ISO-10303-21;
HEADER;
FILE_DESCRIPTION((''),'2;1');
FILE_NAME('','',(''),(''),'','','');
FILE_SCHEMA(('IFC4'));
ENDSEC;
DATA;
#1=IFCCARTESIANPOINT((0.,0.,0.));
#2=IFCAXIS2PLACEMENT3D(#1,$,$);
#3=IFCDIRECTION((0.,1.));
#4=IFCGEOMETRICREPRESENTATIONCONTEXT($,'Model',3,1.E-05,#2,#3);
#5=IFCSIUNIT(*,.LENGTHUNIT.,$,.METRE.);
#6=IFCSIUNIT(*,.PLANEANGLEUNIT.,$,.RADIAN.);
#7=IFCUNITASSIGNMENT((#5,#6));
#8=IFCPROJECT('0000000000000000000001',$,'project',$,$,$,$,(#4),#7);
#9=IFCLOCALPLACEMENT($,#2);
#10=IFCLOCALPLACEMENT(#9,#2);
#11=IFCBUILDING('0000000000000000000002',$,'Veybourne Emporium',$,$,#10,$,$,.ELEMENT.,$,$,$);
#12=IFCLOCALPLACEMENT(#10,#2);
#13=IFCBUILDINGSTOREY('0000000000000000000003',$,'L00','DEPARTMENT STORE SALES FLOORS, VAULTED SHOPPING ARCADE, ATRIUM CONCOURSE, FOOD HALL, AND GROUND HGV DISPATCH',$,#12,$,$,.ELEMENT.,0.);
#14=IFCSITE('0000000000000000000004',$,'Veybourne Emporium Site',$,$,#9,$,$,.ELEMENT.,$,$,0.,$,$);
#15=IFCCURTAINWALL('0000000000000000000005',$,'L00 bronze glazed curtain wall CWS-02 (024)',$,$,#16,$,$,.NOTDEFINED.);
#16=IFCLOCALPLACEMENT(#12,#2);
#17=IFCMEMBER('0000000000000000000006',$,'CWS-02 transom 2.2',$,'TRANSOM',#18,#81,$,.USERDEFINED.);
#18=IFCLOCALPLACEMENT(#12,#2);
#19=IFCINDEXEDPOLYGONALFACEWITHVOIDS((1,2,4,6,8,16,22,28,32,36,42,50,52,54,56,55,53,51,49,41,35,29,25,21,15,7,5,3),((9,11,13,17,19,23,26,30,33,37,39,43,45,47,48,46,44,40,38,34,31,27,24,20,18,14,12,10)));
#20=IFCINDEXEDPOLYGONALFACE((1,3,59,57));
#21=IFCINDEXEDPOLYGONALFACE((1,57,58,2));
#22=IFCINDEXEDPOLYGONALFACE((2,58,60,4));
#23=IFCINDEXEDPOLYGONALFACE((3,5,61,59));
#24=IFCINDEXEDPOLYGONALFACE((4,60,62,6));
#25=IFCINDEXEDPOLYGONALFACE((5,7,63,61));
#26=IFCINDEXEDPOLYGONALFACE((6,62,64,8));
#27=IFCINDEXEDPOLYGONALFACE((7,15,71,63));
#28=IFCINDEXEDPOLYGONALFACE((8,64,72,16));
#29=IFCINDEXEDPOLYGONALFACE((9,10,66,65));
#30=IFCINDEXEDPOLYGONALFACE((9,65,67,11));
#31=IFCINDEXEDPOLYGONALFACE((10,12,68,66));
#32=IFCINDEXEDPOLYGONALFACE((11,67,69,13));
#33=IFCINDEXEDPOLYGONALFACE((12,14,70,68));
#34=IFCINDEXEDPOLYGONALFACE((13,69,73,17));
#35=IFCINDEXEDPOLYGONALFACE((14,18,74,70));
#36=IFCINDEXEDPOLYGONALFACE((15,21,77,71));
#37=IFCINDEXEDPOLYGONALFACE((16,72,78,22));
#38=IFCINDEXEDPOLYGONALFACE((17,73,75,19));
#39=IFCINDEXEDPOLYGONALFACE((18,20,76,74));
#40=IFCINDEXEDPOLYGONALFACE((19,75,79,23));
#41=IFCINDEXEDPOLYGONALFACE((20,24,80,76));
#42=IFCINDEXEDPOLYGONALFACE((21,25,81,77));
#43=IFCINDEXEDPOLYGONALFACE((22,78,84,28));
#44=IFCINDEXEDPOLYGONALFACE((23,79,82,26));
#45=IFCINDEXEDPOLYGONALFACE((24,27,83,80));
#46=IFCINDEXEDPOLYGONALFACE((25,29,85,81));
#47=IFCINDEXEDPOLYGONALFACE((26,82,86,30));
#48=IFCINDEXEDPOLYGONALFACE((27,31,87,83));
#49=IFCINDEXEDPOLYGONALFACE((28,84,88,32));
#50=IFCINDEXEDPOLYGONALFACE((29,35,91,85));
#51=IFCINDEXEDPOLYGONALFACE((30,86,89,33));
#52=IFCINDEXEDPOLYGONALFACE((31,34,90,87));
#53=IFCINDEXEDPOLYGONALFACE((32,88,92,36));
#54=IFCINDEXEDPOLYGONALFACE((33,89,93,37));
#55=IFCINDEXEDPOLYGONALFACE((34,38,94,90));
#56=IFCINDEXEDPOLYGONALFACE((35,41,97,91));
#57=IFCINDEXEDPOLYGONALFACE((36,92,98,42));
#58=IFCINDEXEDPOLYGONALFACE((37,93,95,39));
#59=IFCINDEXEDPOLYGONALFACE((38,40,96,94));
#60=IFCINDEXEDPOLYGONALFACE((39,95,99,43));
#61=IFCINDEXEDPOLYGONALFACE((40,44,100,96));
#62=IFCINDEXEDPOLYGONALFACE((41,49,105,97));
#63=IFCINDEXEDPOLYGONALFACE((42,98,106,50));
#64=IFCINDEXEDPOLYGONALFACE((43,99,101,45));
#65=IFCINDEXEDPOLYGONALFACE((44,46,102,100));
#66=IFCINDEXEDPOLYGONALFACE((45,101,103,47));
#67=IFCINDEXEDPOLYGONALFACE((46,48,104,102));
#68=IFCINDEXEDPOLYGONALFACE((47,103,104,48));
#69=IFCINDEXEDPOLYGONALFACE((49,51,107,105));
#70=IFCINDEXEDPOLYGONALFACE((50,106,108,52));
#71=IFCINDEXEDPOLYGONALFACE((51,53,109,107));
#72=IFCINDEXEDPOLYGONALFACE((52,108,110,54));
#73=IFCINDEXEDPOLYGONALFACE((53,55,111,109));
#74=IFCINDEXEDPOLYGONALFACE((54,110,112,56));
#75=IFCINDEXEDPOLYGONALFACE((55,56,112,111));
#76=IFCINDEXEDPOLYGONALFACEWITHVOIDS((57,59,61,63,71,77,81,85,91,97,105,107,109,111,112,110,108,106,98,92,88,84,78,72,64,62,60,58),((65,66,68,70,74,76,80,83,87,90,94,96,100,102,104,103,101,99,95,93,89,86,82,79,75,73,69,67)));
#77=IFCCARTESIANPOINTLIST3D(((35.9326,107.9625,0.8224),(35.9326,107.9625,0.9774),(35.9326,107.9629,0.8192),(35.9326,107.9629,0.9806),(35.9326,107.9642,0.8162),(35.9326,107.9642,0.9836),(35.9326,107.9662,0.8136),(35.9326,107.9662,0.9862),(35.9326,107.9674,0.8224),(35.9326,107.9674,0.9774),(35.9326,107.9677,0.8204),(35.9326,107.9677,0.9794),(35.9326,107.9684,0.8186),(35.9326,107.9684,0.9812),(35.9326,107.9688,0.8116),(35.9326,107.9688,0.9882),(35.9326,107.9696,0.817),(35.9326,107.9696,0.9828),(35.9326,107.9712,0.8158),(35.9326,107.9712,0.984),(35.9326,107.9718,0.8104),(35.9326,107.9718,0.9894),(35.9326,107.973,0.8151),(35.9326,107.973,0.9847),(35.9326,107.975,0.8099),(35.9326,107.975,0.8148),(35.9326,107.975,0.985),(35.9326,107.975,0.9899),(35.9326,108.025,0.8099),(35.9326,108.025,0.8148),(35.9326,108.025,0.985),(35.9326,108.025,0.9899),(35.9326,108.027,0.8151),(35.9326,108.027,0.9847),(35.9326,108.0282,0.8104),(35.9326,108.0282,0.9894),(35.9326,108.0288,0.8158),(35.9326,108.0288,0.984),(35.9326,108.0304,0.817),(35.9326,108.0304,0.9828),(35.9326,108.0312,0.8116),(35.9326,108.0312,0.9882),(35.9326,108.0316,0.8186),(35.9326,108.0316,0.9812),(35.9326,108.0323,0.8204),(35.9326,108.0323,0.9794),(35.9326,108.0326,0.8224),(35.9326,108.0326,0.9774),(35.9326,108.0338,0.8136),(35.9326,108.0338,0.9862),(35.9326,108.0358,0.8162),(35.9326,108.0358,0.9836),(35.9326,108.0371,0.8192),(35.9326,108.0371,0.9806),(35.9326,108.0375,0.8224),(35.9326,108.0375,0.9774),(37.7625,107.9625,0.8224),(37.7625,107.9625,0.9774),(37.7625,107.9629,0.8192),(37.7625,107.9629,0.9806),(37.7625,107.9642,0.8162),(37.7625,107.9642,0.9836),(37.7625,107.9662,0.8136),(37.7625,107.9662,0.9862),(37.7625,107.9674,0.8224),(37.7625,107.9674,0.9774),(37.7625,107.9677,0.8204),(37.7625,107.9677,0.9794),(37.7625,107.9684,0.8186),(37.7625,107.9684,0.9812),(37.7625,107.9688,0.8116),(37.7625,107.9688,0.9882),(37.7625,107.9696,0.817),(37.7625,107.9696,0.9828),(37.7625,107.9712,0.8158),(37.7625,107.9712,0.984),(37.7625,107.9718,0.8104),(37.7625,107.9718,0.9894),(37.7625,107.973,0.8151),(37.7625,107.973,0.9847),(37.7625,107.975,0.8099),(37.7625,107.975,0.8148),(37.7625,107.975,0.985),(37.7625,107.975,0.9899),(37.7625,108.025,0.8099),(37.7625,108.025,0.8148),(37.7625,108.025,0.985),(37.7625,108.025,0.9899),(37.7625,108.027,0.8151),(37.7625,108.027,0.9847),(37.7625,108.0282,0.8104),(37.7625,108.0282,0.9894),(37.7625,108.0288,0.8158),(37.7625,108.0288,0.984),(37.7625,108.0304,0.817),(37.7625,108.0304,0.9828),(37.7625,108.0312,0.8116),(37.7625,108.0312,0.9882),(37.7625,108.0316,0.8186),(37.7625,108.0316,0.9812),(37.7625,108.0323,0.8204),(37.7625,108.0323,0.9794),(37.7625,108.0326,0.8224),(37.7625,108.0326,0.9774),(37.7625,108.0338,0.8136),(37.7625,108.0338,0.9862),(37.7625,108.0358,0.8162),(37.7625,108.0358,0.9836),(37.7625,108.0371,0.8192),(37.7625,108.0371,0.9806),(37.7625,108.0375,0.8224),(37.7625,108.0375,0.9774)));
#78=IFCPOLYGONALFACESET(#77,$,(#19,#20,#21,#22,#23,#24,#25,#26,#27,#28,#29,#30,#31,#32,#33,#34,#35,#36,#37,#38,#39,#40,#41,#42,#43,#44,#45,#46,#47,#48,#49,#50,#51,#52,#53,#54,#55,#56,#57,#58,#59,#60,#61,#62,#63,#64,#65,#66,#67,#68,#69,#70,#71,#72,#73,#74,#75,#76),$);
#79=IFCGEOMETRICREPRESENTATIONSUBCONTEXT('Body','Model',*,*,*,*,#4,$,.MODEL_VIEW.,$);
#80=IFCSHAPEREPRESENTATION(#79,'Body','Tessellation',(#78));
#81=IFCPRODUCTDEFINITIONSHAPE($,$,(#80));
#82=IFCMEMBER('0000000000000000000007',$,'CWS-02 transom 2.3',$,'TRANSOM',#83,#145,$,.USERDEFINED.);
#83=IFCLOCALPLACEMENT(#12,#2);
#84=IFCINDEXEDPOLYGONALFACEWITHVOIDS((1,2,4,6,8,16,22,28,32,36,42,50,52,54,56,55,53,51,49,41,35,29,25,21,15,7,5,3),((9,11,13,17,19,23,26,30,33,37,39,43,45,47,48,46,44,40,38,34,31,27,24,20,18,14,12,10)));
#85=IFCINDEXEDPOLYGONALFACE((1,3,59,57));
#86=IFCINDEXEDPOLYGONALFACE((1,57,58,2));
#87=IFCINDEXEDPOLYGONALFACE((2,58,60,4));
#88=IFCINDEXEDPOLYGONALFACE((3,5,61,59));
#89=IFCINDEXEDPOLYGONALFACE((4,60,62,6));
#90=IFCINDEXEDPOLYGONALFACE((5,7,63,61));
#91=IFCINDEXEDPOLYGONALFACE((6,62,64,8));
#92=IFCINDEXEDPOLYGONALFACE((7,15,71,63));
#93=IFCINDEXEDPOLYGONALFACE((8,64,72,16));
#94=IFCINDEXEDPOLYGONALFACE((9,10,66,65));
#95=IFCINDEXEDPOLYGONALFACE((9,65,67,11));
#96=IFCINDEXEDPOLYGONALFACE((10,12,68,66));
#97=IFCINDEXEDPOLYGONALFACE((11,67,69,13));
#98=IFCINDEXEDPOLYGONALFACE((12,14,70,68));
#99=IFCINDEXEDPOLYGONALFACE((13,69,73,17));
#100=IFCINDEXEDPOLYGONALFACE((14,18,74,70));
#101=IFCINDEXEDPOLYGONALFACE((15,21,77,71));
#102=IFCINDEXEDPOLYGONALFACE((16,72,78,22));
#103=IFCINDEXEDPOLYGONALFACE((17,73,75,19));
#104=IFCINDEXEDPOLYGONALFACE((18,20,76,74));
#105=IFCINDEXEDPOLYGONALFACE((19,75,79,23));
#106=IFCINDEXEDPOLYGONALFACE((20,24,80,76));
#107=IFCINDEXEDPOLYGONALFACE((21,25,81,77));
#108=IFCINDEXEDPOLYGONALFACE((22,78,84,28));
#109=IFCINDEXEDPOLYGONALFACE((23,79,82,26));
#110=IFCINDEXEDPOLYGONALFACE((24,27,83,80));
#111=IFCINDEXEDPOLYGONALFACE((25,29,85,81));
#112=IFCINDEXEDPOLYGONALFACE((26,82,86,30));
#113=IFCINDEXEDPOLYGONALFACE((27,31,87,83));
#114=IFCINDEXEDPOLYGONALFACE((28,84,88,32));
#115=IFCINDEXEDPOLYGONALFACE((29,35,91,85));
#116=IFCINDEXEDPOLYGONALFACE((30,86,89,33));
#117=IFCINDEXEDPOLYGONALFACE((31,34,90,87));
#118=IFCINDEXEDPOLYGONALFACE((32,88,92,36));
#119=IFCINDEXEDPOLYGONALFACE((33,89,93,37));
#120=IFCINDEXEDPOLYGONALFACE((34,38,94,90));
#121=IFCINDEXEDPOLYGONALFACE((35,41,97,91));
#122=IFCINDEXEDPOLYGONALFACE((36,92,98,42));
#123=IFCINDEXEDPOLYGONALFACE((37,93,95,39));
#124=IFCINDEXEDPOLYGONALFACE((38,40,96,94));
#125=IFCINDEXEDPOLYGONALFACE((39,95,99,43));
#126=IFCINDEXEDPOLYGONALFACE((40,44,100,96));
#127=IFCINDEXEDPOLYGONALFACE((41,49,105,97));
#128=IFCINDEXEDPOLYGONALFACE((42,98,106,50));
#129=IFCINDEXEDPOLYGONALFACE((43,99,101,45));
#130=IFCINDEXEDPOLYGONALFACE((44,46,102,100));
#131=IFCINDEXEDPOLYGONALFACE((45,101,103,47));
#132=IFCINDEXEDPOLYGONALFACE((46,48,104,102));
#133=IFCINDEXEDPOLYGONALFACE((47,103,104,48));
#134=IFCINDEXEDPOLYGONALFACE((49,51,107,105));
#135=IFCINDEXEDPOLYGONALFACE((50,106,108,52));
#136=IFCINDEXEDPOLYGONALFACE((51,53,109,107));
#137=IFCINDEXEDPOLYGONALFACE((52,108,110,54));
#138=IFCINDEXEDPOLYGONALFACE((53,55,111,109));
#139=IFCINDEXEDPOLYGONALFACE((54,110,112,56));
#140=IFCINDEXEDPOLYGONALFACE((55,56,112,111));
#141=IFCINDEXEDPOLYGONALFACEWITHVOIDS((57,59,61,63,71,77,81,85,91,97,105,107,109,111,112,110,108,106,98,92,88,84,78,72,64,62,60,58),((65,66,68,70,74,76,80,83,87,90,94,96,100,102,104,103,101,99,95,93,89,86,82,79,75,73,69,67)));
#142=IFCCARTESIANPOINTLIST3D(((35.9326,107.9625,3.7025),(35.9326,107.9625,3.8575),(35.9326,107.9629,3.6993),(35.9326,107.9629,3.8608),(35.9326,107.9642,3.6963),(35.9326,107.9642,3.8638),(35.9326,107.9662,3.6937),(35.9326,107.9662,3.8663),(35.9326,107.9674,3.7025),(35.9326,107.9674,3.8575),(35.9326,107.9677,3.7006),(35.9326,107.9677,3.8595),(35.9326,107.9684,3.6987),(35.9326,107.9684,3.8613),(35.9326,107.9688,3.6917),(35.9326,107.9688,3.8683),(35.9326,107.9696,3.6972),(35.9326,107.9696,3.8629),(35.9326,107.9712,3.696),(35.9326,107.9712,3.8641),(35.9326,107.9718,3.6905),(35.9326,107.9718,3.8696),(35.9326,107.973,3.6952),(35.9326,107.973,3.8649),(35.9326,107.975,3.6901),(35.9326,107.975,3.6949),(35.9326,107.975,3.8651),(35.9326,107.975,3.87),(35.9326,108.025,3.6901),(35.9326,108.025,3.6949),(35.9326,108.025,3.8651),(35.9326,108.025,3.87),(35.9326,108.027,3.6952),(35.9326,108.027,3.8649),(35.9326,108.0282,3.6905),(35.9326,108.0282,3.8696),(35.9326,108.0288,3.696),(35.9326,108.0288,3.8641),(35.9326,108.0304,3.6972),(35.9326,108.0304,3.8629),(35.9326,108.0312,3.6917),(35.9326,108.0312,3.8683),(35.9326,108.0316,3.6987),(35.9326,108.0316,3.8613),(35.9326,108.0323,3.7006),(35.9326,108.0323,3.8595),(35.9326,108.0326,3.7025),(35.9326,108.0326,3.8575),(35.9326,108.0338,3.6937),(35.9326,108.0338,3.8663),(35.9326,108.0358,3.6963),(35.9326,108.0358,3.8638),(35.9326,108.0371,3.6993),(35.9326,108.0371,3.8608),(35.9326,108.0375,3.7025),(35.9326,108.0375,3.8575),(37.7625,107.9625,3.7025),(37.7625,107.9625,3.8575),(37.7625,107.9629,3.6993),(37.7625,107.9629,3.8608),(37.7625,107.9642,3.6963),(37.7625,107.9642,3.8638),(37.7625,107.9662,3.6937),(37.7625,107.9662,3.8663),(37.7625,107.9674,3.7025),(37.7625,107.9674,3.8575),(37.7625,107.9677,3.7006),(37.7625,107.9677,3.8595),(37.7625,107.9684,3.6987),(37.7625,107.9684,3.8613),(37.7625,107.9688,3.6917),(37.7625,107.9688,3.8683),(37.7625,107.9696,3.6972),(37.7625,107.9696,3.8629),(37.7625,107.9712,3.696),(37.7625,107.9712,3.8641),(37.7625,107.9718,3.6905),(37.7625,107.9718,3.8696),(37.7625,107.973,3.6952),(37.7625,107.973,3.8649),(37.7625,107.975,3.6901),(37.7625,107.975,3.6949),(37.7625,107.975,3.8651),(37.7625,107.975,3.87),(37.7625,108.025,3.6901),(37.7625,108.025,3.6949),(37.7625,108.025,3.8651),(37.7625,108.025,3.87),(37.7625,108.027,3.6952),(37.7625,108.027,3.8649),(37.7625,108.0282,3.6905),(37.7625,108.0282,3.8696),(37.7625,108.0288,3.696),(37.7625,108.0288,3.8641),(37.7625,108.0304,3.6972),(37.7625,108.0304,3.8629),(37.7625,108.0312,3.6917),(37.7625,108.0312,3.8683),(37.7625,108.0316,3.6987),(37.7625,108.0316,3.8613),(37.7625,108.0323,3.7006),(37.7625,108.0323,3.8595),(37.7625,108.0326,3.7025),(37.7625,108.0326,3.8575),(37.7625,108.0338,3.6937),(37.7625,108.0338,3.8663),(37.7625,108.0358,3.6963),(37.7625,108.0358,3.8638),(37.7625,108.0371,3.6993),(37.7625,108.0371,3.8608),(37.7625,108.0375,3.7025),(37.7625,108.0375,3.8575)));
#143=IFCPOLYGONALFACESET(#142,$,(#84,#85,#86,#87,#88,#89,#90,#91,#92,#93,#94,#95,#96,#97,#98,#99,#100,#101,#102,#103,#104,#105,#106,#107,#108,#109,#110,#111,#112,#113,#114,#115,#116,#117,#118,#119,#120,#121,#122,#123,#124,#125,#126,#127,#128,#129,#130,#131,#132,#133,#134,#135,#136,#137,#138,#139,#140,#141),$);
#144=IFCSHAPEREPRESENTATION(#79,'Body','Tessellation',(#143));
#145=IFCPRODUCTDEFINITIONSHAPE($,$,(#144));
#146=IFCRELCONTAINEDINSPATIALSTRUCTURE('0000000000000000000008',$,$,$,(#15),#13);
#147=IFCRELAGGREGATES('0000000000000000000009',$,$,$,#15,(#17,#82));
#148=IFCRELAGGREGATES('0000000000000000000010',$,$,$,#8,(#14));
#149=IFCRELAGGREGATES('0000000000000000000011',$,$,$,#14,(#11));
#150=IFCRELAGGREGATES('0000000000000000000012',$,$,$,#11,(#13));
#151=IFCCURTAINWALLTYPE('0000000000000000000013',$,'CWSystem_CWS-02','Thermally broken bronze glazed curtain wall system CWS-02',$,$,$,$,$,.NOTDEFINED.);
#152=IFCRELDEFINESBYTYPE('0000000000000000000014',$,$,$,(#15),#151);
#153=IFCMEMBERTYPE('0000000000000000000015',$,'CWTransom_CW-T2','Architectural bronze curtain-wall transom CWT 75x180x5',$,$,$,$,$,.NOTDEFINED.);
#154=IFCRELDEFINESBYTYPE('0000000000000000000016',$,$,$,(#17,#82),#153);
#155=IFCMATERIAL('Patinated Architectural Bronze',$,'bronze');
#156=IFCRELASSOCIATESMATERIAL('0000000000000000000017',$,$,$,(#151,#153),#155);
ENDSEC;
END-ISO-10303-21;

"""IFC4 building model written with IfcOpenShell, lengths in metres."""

from ifc_helpers import new_model, si_unit, direction, frame, origin, origin_2d, place, context, subcontext, project, spatial, hollow_rectangle, extrude, material, material_profile, profile_set, type_object, element, aggregate, save


model = new_model("IFC4")

# Units and contexts
model_context = context("Model", 3, precision=1e-05, world=origin(), true_north=direction((0.0, 1.0)))
body_context = subcontext(model_context, "Body", "Model", "MODEL_VIEW")
ifc_project = project(units=[si_unit("LENGTHUNIT", "METRE"), si_unit("PLANEANGLEUNIT", "RADIAN")], contexts=[model_context])

# Site, building, storey
site_placement = place(None, origin())
site = spatial("IfcSite", under=ifc_project, at=site_placement, Name="Veybourne Emporium Site", CompositionType="ELEMENT", RefElevation=0.0)
building_placement = place(site_placement, origin())
building = spatial("IfcBuilding", under=site, at=building_placement, Name="Veybourne Emporium", CompositionType="ELEMENT")
storey_placement = place(building_placement, origin())
storey = spatial("IfcBuildingStorey", under=building, at=storey_placement, Name="L00", Description="DEPARTMENT STORE SALES FLOORS, VAULTED SHOPPING ARCADE, ATRIUM CONCOURSE, FOOD HALL, AND GROUND HGV DISPATCH", CompositionType="ELEMENT", Elevation=0.0)

# Curtain wall, members
ifc_material_1 = material(Name="Patinated Architectural Bronze", Category="bronze")
curtain_wall_type = type_object("IfcCurtainWallType", Name="CWSystem_CWS-02", Description="Thermally broken bronze glazed curtain wall system CWS-02", PredefinedType="NOTDEFINED", material=ifc_material_1)
curtain_wall_placement = place(storey_placement, origin())
curtain_wall = element("IfcCurtainWall", 1, at=curtain_wall_placement, inside=storey, type_object=curtain_wall_type, Name="L00 bronze glazed curtain wall CWS-02 (024)", PredefinedType="NOTDEFINED")
ifc_material_profile_1 = material_profile(ifc_material_1, hollow_rectangle(XDim=0.075, YDim=0.1799, WallThickness=0.0049, InnerFilletRadius=0.0076, OuterFilletRadius=0.0125, at=origin_2d()), Name="CWT 75x180x5")
ifc_profile_set_1 = profile_set([ifc_material_profile_1], Name="Patinated Architectural Bronze")
member_type_1 = type_object("IfcMemberType", Name="CWTransom_CW-T2", Description="Architectural bronze curtain-wall transom CWT 75x180x5", PredefinedType="NOTDEFINED", material=ifc_profile_set_1)
member_1_placement = place(storey_placement, frame((35.9326, 108.0, 0.8999), z_axis=(1.0, 0.0, 0.0), x_axis=(0.0, 1.0, 0.0)))
member_1 = element("IfcMember", 2, at=member_1_placement, type_object=member_type_1, Name="CWS-02 transom 2.2", ObjectType="TRANSOM", PredefinedType="USERDEFINED", context=body_context, shape_type="SweptSolid", body=[
    extrude(hollow_rectangle(XDim=0.075, YDim=0.1799, WallThickness=0.0049, InnerFilletRadius=0.0076, OuterFilletRadius=0.0125, at=origin_2d()), origin(), (0.0, 0.0, 1.0), 1.8298),
])
member_2_placement = place(storey_placement, frame((35.9326, 108.0, 3.78), z_axis=(1.0, 0.0, 0.0), x_axis=(0.0, 1.0, 0.0)))
member_2 = element("IfcMember", 3, at=member_2_placement, type_object=member_type_1, Name="CWS-02 transom 2.3", ObjectType="TRANSOM", PredefinedType="USERDEFINED", context=body_context, shape_type="SweptSolid", body=[
    extrude(hollow_rectangle(XDim=0.075, YDim=0.1799, WallThickness=0.0049, InnerFilletRadius=0.0076, OuterFilletRadius=0.0125, at=origin_2d()), origin(), (0.0, 0.0, 1.0), 1.8298),
])

aggregate(curtain_wall, [member_1, member_2])

save(model, "model.ifc")
